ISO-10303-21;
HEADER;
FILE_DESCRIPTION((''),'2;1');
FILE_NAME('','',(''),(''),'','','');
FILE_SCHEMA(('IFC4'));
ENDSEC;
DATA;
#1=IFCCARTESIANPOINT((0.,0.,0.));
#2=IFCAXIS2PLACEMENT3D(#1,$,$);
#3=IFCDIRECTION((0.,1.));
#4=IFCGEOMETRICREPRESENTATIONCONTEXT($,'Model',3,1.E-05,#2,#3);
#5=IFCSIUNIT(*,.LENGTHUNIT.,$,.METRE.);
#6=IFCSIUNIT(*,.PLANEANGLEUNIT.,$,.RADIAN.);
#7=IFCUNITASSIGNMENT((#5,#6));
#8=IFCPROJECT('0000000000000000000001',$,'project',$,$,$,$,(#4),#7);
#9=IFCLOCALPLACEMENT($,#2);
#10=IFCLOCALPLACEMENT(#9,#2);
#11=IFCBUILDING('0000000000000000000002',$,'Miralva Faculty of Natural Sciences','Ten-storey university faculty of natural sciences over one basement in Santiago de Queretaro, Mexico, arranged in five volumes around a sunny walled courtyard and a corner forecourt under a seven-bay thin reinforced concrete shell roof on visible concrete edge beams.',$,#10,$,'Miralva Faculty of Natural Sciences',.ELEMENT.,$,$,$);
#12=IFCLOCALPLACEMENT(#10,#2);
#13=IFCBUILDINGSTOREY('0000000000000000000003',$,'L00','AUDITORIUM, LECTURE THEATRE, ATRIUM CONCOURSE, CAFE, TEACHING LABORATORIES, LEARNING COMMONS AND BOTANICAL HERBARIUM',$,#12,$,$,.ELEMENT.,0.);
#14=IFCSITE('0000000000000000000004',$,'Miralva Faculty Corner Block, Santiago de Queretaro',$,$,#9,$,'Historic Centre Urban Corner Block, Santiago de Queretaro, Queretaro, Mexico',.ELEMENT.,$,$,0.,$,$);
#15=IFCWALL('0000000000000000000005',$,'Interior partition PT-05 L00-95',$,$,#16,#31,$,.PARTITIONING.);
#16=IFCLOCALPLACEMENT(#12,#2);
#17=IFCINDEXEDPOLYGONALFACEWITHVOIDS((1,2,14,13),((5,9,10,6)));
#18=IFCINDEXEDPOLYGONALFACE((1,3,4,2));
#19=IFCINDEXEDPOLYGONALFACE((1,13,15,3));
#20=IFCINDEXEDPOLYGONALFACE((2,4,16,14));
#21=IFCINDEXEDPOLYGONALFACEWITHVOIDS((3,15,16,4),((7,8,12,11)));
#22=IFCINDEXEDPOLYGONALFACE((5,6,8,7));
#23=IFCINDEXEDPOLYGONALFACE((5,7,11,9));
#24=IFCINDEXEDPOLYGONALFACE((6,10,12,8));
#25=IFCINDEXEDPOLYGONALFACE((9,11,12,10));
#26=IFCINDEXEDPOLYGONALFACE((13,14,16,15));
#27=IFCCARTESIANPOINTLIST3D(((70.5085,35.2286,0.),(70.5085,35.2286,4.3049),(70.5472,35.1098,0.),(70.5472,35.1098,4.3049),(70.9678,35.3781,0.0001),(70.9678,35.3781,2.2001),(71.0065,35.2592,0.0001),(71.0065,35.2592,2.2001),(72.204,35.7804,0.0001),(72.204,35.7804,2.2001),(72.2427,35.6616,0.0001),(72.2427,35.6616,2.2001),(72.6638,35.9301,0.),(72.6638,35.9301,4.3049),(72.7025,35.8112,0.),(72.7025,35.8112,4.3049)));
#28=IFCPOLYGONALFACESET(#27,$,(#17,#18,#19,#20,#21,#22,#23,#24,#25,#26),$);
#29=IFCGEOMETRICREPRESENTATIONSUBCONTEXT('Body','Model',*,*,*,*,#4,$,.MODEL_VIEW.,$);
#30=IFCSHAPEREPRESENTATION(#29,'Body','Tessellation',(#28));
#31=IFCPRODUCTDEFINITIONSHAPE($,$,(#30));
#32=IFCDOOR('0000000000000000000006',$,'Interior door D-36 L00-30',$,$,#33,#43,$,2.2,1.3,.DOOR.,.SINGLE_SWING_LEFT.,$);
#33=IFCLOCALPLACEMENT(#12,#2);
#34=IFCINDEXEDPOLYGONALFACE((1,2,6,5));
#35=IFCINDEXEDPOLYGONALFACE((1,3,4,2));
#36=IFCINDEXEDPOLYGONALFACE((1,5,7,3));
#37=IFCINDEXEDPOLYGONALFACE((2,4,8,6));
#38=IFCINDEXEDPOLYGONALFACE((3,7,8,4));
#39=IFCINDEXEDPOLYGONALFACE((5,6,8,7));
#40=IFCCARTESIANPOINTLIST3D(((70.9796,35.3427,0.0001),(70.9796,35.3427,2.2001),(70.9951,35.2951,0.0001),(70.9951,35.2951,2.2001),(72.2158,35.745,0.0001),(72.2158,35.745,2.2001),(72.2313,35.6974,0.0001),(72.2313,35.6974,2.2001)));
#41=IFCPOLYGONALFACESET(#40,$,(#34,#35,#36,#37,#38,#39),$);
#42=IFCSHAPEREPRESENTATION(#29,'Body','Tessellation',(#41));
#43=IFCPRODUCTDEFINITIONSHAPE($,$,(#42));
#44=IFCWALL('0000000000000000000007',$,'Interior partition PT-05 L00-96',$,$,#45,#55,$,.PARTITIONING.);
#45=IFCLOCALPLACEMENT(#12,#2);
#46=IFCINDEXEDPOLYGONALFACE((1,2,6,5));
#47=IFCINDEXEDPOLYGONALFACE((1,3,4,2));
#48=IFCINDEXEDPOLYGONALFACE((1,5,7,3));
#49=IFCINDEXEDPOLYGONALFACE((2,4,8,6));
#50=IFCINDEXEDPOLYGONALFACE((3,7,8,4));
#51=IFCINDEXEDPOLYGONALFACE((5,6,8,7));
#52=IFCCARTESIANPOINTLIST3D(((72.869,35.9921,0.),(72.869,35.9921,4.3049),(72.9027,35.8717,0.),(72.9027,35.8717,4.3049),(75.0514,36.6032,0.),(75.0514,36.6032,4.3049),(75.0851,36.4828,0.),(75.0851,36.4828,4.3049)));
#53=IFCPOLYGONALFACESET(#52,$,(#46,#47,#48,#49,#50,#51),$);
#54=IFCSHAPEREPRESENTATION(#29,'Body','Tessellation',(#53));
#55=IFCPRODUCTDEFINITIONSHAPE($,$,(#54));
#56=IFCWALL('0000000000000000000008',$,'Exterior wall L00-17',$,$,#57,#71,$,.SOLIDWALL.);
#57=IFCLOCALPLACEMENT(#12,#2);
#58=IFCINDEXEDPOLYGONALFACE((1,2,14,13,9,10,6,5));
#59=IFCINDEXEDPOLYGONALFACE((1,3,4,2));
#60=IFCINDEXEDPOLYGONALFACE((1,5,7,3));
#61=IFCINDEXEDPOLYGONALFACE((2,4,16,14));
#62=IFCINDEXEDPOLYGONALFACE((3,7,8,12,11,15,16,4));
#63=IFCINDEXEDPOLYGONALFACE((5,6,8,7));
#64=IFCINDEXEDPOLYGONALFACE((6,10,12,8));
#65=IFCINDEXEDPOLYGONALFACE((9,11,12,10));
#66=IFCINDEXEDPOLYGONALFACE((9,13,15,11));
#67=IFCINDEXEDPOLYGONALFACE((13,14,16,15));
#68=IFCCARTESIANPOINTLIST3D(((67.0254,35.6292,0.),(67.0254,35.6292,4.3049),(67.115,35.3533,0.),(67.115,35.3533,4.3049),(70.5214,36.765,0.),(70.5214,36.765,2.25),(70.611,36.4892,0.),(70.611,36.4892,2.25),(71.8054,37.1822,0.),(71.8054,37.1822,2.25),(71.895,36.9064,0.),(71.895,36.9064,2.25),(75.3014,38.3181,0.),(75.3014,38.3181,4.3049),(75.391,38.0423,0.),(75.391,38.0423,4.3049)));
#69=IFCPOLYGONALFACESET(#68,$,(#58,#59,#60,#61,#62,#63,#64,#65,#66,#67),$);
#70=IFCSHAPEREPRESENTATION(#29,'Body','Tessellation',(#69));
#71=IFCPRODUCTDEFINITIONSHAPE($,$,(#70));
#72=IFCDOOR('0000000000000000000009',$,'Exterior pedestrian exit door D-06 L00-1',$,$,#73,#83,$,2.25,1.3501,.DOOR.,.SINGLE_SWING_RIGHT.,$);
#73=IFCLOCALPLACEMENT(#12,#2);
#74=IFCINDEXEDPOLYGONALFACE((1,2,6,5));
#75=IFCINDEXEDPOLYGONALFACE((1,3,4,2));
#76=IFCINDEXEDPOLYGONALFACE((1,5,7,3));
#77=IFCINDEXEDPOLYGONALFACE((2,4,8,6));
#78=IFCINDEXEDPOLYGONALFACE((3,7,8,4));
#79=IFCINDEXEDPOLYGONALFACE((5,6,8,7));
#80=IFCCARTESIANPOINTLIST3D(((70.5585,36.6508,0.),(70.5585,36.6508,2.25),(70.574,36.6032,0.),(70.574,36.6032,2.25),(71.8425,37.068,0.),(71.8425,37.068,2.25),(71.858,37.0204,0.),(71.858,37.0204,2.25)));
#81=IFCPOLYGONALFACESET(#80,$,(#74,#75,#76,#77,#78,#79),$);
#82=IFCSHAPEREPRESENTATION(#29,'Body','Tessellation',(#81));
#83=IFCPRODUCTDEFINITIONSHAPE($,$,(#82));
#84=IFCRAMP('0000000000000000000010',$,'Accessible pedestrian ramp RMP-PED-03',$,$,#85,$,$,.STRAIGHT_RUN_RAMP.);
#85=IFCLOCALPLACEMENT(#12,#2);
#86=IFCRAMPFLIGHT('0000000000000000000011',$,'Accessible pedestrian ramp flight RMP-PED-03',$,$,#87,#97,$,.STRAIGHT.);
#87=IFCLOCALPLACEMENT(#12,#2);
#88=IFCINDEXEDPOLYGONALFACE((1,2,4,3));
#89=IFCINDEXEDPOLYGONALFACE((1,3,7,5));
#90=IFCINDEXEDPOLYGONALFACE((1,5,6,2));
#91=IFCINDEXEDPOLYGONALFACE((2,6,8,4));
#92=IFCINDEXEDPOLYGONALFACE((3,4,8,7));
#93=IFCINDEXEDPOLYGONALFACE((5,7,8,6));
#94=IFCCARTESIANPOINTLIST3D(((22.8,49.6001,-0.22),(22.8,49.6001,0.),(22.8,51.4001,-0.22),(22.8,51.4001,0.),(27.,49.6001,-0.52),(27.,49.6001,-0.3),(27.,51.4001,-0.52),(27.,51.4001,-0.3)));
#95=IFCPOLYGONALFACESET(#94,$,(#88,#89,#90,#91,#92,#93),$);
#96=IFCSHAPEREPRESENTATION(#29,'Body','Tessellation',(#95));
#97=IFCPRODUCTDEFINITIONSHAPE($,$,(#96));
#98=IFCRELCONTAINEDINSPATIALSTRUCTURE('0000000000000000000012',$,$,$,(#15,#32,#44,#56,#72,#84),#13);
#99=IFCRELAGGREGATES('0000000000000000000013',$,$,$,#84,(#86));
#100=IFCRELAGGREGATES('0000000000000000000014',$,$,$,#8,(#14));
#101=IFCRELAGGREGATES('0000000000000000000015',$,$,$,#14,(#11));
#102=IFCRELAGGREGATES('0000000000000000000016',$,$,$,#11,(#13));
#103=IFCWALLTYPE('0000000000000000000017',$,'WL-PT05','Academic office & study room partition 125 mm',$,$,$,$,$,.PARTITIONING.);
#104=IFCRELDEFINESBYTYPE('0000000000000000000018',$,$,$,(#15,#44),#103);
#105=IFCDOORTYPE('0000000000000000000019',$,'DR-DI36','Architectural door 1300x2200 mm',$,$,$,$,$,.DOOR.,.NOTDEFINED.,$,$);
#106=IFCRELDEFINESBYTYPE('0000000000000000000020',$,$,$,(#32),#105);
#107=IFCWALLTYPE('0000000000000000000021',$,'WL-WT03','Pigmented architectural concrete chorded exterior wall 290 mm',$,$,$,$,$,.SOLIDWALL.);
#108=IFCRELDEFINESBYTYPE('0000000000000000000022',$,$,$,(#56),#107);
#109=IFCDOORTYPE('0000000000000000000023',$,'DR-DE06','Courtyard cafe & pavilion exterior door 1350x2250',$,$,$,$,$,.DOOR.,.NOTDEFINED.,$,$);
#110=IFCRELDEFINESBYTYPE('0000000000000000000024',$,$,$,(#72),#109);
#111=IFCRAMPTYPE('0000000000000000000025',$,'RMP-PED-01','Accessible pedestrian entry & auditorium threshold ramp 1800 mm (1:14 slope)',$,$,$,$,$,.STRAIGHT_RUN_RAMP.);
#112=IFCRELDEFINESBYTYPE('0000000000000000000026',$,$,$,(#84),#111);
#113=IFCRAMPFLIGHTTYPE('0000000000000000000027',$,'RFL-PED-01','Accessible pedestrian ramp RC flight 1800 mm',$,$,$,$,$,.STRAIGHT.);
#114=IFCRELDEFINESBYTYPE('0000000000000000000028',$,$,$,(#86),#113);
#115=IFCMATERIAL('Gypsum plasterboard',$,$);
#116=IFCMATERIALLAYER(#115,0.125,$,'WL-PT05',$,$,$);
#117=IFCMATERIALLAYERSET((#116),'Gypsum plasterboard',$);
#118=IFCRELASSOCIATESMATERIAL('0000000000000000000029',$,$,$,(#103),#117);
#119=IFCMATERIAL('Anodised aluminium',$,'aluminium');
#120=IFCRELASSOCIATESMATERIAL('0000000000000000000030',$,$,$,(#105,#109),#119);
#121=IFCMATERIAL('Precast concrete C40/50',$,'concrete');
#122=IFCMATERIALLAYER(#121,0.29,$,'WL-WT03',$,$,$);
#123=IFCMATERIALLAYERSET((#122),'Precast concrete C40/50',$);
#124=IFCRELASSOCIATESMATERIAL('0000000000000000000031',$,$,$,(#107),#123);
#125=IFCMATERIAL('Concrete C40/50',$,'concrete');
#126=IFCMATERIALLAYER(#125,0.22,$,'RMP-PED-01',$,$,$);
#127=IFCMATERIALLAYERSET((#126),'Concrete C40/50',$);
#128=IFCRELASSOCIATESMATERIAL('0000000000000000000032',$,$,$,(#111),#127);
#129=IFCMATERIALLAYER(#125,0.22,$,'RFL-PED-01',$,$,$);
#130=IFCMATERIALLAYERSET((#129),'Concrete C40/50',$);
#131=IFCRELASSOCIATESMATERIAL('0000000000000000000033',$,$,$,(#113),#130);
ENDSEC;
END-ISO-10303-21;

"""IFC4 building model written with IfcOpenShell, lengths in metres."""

from ifc_helpers import new_model, si_unit, direction, frame, frame_2d, origin, place, context, subcontext, project, spatial, polyline, rectangle, outline, extrude, material, layer, layer_set, type_object, element, fill, aggregate, save


model = new_model("IFC4")

# Units and contexts
model_context = context("Model", 3, precision=1e-05, world=origin(), true_north=direction((0.0, 1.0)))
body_context = subcontext(model_context, "Body", "Model", "MODEL_VIEW")
ifc_project = project(units=[si_unit("LENGTHUNIT", "METRE"), si_unit("PLANEANGLEUNIT", "RADIAN")], contexts=[model_context])

# Site, building, storey
site_placement = place(None, origin())
site = spatial("IfcSite", under=ifc_project, at=site_placement, Name="Miralva Faculty Corner Block, Santiago de Queretaro", LongName="Historic Centre Urban Corner Block, Santiago de Queretaro, Queretaro, Mexico", CompositionType="ELEMENT", RefElevation=0.0)
building_placement = place(site_placement, origin())
building = spatial("IfcBuilding", under=site, at=building_placement, Name="Miralva Faculty of Natural Sciences", Description="Ten-storey university faculty of natural sciences over one basement in Santiago de Queretaro, Mexico, arranged in five volumes around a sunny walled courtyard and a corner forecourt under a seven-bay thin reinforced concrete shell roof on visible concrete edge beams.", LongName="Miralva Faculty of Natural Sciences", CompositionType="ELEMENT")
storey_placement = place(building_placement, origin())
storey = spatial("IfcBuildingStorey", under=building, at=storey_placement, Name="L00", Description="AUDITORIUM, LECTURE THEATRE, ATRIUM CONCOURSE, CAFE, TEACHING LABORATORIES, LEARNING COMMONS AND BOTANICAL HERBARIUM", CompositionType="ELEMENT", Elevation=0.0)

# Shared definitions
ifc_material_1 = material(Name="Concrete C40/50", Category="concrete")

# Shared definitions
ifc_material_2 = material(Name="Anodised aluminium", Category="aluminium")

# Shared definitions
ifc_material_3 = material(Name="Gypsum plasterboard")
ifc_layer_1 = layer(ifc_material_3, 0.125, Name="WL-PT05")
ifc_layer_set_1 = layer_set([ifc_layer_1], Name="Gypsum plasterboard")
wall_type_1 = type_object("IfcWallType", Name="WL-PT05", Description="Academic office & study room partition 125 mm", PredefinedType="PARTITIONING", material=ifc_layer_set_1)

# Wall, opening, door
wall_1_placement = place(storey_placement, frame((70.5278, 35.1692, 0.0), z_axis=(0.0, 0.0, 1.0), x_axis=(0.950911, 0.309466, 0.0)))
wall_1 = element("IfcWall", 1, at=wall_1_placement, inside=storey, type_object=wall_type_1, Name="Interior partition PT-05 L00-95", PredefinedType="PARTITIONING", context=body_context, shape_type="SweptSolid", body=[
    extrude(rectangle(XDim=2.2666, YDim=0.125, at=frame_2d((1.1333, 0.0))), origin(), (0.0, 0.0, 1.0), 4.3049),
])
opening_1_placement = place(wall_1_placement, frame((0.4832, 0.0, 0.0)))
opening_1 = element("IfcOpeningElement", 2, at=opening_1_placement, cuts=wall_1, PredefinedType="OPENING", context=body_context, shape_type="SweptSolid", body=[
    extrude(rectangle(XDim=1.3, YDim=2.2, at=frame_2d((0.6499, 1.1001))), frame((0.0, 0.0725, 0.0), z_axis=(0.0, -1.0, 0.0), x_axis=(1.0, 0.0, 0.0)), (0.0, 0.0, 1.0), 0.145),
])
door_type_1 = type_object("IfcDoorType", Name="DR-DI36", Description="Architectural door 1300x2200 mm", OperationType="NOTDEFINED", PredefinedType="DOOR", material=ifc_material_2)
door_1_placement = place(opening_1_placement, frame((1.3, 0.0, 0.0), z_axis=(0.0, 0.0, 1.0), x_axis=(-1.0, 0.0, 0.0)))
door_1 = element("IfcDoor", 3, at=door_1_placement, inside=storey, type_object=door_type_1, Name="Interior door D-36 L00-30", OperationType="SINGLE_SWING_LEFT", OverallHeight=2.2, OverallWidth=1.3, PredefinedType="DOOR", context=body_context, shape_type="SweptSolid", body=[
    extrude(rectangle(XDim=1.3, YDim=2.2, at=frame_2d((0.6499, 1.1001))), frame((0.0, 0.0249, 0.0), z_axis=(0.0, -1.0, 0.0), x_axis=(1.0, 0.0, 0.0)), (0.0, 0.0, 1.0), 0.05),
])
fill(opening_1, door_1)

# Wall
wall_2_placement = place(storey_placement, frame((72.8857, 35.9319, 0.0), z_axis=(0.0, 0.0, 1.0), x_axis=(0.962962, 0.269638, 0.0)))
element("IfcWall", 4, at=wall_2_placement, inside=storey, type_object=wall_type_1, Name="Interior partition PT-05 L00-96", PredefinedType="PARTITIONING", context=body_context, shape_type="SweptSolid", body=[
    extrude(rectangle(XDim=2.2664, YDim=0.125, at=frame_2d((1.1333, 0.0))), origin(), (0.0, 0.0, 1.0), 4.3049),
])

# Wall, opening, door
ifc_material_4 = material(Name="Precast concrete C40/50", Category="concrete")
ifc_layer_2 = layer(ifc_material_4, 0.29, Name="WL-WT03")
ifc_layer_set_2 = layer_set([ifc_layer_2], Name="Precast concrete C40/50")
wall_type_2 = type_object("IfcWallType", Name="WL-WT03", Description="Pigmented architectural concrete chorded exterior wall 290 mm", PredefinedType="SOLIDWALL", material=ifc_layer_set_2)
wall_3_placement = place(storey_placement, frame((67.0701, 35.4912, 0.0), z_axis=(0.0, 0.0, 1.0), x_axis=(0.95106, 0.309006, 0.0)))
wall_3 = element("IfcWall", 5, at=wall_3_placement, inside=storey, type_object=wall_type_2, Name="Exterior wall L00-17", PredefinedType="SOLIDWALL", context=body_context, shape_type="SweptSolid", body=[
    extrude(rectangle(XDim=8.7019, YDim=0.29, at=frame_2d((4.3511, 0.0))), origin(), (0.0, 0.0, 1.0), 4.3049),
])
opening_2_placement = place(wall_3_placement, frame((3.676, 0.0, 0.0)))
opening_2 = element("IfcOpeningElement", 6, at=opening_2_placement, cuts=wall_3, PredefinedType="OPENING", context=body_context, shape_type="SweptSolid", body=[
    extrude(rectangle(XDim=1.3501, YDim=2.25, at=frame_2d((0.675, 1.125))), frame((0.0, 0.155, 0.0), z_axis=(0.0, -1.0, 0.0), x_axis=(1.0, 0.0, 0.0)), (0.0, 0.0, 1.0), 0.3101),
])
door_type_2 = type_object("IfcDoorType", Name="DR-DE06", Description="Courtyard cafe & pavilion exterior door 1350x2250", OperationType="NOTDEFINED", PredefinedType="DOOR", material=ifc_material_2)
door_2_placement = place(opening_2_placement, origin())
door_2 = element("IfcDoor", 7, at=door_2_placement, inside=storey, type_object=door_type_2, Name="Exterior pedestrian exit door D-06 L00-1", OperationType="SINGLE_SWING_RIGHT", OverallHeight=2.25, OverallWidth=1.3501, PredefinedType="DOOR", context=body_context, shape_type="SweptSolid", body=[
    extrude(rectangle(XDim=1.3501, YDim=2.25, at=frame_2d((0.675, 1.125))), frame((0.0, 0.0249, 0.0), z_axis=(0.0, -1.0, 0.0), x_axis=(1.0, 0.0, 0.0)), (0.0, 0.0, 1.0), 0.05),
])
fill(opening_2, door_2)

# Ramp, ramp flight
ifc_layer_3 = layer(ifc_material_1, 0.22, Name="RMP-PED-01")
ifc_layer_set_3 = layer_set([ifc_layer_3], Name="Concrete C40/50")
ramp_type = type_object("IfcRampType", Name="RMP-PED-01", Description="Accessible pedestrian entry & auditorium threshold ramp 1800 mm (1:14 slope)", PredefinedType="STRAIGHT_RUN_RAMP", material=ifc_layer_set_3)
ramp_placement = place(storey_placement, origin())
ramp = element("IfcRamp", 8, at=ramp_placement, inside=storey, type_object=ramp_type, Name="Accessible pedestrian ramp RMP-PED-03", PredefinedType="STRAIGHT_RUN_RAMP")
ifc_layer_4 = layer(ifc_material_1, 0.22, Name="RFL-PED-01")
ifc_layer_set_4 = layer_set([ifc_layer_4], Name="Concrete C40/50")
ramp_flight_type = type_object("IfcRampFlightType", Name="RFL-PED-01", Description="Accessible pedestrian ramp RC flight 1800 mm", PredefinedType="STRAIGHT", material=ifc_layer_set_4)
ramp_flight_placement = place(storey_placement, frame((27.0, 50.5, -0.3), z_axis=(0.0, 0.0, 1.0), x_axis=(-1.0, 0.0, 0.0)))
ramp_flight = element("IfcRampFlight", 9, at=ramp_flight_placement, type_object=ramp_flight_type, Name="Accessible pedestrian ramp flight RMP-PED-03", PredefinedType="STRAIGHT", context=body_context, shape_type="SweptSolid", body=[
    extrude(outline(polyline([(0.0, -0.22), (4.2, 0.0801), (4.2, 0.3), (0.0, 0.0), (0.0, -0.22)])), frame((0.0, 0.8999, 0.0), z_axis=(0.0, -1.0, 0.0), x_axis=(1.0, 0.0, 0.0)), (0.0, 0.0, 1.0), 1.8),
])
aggregate(ramp, [ramp_flight])

save(model, "model.ifc")
